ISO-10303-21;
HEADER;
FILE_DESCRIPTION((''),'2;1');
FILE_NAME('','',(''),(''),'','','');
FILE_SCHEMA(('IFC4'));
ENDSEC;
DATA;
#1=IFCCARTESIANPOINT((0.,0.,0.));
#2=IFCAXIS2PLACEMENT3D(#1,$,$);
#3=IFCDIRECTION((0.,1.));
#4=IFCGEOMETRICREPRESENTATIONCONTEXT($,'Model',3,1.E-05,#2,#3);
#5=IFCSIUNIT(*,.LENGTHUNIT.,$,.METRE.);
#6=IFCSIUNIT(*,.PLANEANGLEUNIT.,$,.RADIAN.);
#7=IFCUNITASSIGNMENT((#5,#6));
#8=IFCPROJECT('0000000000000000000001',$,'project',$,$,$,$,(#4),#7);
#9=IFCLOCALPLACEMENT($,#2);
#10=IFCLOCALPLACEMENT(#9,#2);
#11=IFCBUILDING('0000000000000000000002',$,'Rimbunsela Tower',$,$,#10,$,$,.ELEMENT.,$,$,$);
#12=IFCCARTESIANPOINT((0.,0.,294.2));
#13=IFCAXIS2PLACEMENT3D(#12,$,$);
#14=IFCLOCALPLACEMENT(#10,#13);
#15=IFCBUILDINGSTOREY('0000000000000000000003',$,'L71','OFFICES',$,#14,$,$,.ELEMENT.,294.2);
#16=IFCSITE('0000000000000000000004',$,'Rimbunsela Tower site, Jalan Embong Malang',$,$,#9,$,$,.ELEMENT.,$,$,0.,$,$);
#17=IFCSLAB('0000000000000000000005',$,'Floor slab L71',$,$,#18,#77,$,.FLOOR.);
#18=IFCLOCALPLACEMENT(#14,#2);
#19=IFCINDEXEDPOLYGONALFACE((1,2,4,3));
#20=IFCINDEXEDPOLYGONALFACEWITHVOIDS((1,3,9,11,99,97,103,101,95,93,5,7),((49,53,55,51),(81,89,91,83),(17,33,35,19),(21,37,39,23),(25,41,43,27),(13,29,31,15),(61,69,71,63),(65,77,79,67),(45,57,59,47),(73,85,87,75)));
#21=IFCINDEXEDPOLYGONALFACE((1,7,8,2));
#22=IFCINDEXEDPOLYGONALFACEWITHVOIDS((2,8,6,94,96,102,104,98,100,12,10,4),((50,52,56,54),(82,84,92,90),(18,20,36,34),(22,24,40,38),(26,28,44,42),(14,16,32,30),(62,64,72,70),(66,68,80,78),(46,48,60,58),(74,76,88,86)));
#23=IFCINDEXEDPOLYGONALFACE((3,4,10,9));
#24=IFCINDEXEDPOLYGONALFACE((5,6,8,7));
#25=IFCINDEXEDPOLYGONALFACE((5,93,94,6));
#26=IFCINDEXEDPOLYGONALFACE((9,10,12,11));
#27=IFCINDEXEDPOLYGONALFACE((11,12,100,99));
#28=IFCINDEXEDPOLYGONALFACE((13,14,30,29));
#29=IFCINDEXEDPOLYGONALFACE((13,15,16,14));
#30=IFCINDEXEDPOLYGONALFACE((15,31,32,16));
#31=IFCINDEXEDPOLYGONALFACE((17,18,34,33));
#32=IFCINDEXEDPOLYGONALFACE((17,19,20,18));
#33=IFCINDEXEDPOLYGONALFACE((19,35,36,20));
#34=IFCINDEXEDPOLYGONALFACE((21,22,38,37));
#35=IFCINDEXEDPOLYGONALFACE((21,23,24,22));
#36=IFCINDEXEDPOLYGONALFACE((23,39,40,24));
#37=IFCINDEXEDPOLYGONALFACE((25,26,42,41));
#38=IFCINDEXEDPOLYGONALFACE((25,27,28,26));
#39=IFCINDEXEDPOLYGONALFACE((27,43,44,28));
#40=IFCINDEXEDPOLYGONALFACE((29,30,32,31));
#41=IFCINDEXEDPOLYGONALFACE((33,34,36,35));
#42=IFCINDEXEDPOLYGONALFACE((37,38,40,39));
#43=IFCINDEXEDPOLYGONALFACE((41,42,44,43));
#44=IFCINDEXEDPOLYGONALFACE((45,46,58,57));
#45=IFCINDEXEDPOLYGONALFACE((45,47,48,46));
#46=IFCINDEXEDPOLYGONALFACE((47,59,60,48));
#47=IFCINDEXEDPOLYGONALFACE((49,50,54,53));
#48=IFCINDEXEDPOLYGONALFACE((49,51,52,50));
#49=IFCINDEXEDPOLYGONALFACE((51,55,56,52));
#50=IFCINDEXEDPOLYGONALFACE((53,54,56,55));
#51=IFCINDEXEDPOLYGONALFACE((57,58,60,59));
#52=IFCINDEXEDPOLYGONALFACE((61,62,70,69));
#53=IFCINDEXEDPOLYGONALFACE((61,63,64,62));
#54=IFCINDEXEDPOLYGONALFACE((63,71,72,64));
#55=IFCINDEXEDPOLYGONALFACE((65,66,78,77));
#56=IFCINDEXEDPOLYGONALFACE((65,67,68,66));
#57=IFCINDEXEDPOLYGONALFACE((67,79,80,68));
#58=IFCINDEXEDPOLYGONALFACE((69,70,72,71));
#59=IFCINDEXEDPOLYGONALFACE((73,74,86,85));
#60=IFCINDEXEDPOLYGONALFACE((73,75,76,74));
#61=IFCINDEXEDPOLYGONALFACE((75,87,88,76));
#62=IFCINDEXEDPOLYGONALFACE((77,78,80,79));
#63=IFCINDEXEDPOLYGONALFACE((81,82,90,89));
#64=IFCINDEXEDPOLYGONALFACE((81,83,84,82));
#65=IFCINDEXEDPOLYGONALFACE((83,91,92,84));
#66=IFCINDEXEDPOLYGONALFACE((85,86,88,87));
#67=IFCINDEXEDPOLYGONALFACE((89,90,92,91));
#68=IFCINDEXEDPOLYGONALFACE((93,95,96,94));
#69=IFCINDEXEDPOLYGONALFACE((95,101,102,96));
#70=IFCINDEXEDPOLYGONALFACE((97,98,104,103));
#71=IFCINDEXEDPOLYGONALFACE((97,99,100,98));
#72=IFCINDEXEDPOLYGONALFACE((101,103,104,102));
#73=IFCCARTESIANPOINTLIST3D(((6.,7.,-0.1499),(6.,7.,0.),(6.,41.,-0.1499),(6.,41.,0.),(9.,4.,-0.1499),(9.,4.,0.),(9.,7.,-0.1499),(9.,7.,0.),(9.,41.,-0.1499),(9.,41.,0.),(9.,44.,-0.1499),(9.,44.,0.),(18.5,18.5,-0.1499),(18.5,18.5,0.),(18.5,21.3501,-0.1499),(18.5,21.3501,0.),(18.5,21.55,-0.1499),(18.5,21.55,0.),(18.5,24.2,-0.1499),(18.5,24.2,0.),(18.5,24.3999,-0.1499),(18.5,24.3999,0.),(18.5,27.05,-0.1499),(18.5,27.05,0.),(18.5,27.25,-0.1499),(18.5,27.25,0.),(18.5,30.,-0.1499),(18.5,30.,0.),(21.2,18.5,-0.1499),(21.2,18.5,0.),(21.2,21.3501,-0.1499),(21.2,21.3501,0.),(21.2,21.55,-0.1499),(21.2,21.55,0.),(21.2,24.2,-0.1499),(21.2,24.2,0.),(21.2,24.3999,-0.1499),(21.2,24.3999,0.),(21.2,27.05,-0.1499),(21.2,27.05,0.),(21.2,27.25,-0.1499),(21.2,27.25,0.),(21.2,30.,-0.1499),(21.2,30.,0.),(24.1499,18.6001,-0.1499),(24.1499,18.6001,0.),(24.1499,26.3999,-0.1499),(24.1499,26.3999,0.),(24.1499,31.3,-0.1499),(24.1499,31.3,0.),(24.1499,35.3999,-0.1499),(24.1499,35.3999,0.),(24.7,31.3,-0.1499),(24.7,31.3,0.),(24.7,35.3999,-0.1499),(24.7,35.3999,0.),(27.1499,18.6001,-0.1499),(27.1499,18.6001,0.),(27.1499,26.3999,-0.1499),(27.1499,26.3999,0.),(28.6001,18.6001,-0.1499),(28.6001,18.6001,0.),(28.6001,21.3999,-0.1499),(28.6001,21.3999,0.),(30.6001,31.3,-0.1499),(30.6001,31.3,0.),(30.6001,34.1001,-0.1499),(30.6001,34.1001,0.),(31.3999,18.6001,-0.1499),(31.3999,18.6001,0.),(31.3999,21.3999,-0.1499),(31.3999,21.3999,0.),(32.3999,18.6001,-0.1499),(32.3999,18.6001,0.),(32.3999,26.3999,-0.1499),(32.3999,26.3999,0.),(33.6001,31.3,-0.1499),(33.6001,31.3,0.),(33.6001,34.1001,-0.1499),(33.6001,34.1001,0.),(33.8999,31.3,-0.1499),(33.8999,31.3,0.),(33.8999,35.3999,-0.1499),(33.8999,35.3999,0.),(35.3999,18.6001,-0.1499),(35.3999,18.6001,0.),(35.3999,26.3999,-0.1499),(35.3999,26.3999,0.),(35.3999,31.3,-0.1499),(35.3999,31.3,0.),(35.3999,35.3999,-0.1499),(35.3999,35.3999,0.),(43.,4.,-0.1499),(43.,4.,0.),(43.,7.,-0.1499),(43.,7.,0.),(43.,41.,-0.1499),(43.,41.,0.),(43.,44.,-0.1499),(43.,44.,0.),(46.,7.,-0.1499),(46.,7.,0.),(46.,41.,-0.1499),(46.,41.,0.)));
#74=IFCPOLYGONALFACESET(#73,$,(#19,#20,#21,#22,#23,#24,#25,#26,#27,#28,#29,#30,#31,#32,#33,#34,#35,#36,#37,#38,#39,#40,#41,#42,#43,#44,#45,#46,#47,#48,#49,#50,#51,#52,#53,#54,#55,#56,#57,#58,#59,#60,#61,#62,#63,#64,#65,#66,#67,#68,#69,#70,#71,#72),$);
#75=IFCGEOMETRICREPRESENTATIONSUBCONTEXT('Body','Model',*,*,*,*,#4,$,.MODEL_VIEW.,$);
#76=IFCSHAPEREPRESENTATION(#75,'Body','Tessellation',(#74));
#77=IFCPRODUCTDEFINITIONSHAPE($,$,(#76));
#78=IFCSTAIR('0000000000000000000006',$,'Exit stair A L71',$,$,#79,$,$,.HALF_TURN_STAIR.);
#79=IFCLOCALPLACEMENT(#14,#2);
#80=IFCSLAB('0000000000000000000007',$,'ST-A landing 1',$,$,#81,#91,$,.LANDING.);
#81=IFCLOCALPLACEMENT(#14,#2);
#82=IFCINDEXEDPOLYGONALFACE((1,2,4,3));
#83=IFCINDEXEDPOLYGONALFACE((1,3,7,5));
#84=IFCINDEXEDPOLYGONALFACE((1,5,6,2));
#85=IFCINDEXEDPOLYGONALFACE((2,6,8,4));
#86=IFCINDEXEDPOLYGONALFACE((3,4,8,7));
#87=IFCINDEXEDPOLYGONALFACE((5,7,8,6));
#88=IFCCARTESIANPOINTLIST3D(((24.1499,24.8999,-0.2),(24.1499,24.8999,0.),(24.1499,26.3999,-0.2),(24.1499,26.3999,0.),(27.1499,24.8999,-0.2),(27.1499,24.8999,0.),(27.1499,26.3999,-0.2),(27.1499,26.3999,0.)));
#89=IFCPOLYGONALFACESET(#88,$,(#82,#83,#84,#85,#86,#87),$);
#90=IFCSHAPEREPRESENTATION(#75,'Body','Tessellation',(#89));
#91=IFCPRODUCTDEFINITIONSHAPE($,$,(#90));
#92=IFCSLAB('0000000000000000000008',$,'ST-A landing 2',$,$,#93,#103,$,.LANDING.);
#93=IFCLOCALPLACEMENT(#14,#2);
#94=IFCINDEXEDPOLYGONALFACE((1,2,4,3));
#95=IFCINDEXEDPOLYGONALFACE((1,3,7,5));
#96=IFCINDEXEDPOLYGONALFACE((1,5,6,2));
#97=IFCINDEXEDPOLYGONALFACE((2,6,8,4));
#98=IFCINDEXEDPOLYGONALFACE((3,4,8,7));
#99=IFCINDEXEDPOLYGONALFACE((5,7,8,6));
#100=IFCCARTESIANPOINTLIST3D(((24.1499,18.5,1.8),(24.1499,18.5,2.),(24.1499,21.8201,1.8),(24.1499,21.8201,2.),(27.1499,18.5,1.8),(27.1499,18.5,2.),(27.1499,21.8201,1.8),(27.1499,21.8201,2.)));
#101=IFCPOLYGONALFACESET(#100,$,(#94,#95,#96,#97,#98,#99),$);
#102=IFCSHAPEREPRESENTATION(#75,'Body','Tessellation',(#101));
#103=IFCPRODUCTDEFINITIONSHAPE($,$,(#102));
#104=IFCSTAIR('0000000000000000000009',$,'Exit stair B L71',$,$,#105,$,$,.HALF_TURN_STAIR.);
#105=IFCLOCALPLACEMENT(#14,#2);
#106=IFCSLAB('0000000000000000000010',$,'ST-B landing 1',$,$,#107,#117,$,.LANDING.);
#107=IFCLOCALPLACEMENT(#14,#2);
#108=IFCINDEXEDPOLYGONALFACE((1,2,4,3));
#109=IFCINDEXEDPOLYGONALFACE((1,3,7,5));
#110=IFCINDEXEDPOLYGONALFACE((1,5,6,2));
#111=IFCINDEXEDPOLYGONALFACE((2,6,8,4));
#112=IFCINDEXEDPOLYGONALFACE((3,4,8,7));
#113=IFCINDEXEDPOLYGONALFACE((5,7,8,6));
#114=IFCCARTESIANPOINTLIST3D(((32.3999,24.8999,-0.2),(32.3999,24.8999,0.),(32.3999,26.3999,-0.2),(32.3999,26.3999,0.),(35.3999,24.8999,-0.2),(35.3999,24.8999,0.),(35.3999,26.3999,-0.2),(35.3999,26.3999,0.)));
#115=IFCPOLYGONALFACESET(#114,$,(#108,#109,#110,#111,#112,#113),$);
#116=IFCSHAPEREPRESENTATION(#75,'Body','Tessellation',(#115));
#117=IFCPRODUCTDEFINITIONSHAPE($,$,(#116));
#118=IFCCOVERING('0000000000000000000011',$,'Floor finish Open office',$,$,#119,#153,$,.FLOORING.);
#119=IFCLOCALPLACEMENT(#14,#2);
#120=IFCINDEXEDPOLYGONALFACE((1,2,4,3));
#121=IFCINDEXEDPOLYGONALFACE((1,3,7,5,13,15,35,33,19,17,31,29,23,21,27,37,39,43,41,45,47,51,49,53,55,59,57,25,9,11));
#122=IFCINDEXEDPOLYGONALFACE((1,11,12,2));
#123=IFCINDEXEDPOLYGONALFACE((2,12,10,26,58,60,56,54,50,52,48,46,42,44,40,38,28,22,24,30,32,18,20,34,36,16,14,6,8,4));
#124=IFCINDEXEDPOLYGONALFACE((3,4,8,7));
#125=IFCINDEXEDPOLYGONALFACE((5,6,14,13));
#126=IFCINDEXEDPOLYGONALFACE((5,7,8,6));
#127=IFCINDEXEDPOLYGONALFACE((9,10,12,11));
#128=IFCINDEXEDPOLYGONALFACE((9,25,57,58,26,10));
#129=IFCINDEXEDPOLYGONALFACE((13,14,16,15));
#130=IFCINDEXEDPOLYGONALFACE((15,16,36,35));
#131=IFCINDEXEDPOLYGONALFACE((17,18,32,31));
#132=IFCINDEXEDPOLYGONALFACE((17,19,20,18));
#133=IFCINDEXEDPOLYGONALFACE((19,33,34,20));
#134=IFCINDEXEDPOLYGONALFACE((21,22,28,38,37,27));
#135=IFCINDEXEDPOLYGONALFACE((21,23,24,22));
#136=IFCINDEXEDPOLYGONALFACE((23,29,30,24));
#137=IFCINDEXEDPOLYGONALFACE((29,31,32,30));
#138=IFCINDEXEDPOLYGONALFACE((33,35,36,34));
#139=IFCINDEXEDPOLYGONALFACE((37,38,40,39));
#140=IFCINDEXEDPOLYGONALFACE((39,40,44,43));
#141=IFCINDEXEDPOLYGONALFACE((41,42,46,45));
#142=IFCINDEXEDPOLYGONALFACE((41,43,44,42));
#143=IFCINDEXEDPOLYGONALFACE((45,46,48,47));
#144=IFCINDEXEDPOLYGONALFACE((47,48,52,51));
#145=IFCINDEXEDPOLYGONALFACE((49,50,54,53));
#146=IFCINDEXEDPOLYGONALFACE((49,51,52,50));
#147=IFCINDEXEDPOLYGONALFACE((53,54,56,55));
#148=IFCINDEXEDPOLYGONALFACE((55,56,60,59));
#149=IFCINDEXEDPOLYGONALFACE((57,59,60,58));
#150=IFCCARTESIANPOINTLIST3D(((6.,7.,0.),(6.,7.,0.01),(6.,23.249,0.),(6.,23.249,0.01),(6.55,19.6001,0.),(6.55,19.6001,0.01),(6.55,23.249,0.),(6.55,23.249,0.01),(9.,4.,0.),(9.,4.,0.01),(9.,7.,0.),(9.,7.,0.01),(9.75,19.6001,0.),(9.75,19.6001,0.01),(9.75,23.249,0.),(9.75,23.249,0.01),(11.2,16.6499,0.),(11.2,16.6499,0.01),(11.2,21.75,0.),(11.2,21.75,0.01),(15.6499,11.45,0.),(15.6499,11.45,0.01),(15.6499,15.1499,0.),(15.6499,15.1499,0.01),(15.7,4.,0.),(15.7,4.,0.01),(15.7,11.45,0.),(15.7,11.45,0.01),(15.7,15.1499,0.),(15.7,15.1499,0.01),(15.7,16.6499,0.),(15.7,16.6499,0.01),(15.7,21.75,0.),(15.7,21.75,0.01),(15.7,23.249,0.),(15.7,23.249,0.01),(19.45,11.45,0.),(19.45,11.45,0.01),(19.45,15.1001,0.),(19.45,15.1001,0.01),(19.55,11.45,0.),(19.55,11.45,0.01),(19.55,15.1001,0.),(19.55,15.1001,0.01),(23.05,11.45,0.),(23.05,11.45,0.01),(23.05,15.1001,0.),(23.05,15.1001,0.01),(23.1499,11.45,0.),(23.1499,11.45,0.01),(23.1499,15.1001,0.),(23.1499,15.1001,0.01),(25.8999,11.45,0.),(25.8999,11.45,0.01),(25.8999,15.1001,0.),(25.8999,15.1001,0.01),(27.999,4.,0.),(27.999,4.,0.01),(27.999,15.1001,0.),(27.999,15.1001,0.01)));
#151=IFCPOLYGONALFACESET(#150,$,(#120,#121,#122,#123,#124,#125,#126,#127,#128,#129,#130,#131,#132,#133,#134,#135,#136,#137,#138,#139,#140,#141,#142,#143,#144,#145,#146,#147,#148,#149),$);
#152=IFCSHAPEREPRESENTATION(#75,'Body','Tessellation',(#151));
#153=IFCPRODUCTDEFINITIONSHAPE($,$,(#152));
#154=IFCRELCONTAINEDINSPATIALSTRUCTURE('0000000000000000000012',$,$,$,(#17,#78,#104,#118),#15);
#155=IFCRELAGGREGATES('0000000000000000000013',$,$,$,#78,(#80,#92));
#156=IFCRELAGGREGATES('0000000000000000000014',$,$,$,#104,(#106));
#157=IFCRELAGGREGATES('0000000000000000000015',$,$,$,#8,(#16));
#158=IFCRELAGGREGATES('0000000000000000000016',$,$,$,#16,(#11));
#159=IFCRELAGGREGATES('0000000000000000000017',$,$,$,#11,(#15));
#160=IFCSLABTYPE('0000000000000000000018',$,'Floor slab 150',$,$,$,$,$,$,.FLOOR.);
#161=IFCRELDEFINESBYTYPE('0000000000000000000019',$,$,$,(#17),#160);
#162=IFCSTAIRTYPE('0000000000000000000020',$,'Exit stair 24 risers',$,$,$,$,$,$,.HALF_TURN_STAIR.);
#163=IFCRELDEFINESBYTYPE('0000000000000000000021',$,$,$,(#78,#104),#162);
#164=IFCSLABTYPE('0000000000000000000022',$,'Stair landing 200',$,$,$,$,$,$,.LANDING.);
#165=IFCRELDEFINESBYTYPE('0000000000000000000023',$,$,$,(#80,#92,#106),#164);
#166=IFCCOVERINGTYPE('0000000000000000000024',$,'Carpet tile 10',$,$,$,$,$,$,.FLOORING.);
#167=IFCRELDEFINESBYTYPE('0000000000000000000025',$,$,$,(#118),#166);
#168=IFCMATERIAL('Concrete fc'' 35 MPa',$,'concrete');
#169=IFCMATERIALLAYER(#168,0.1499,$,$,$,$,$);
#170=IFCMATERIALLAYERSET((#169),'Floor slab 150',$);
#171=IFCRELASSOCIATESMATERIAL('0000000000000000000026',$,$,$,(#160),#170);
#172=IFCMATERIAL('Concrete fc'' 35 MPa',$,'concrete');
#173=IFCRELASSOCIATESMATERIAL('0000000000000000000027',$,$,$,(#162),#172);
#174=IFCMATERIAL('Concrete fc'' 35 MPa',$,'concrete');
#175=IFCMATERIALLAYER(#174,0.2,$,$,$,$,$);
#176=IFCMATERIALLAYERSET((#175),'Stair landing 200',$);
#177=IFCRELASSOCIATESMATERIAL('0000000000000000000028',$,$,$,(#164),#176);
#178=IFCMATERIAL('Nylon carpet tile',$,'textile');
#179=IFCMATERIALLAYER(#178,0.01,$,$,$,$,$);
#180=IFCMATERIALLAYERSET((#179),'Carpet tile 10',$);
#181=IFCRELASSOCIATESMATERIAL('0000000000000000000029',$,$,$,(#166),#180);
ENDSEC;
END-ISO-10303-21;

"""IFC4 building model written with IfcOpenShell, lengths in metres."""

from ifc_helpers import new_model, si_unit, direction, frame, origin, place, context, subcontext, project, spatial, polyline, outline, extrude, material, layer, layer_set, type_object, element, aggregate, save


model = new_model("IFC4")

# Units and contexts
model_context = context("Model", 3, precision=1e-05, world=origin(), true_north=direction((0.0, 1.0)))
body_context = subcontext(model_context, "Body", "Model", "MODEL_VIEW")
ifc_project = project(units=[si_unit("LENGTHUNIT", "METRE"), si_unit("PLANEANGLEUNIT", "RADIAN")], contexts=[model_context])

# Site, building, storey
site_placement = place(None, origin())
site = spatial("IfcSite", under=ifc_project, at=site_placement, Name="Rimbunsela Tower site, Jalan Embong Malang", CompositionType="ELEMENT", RefElevation=0.0)
building_placement = place(site_placement, origin())
building = spatial("IfcBuilding", under=site, at=building_placement, Name="Rimbunsela Tower", CompositionType="ELEMENT")
storey_placement = place(building_placement, frame((0.0, 0.0, 294.2)))
storey = spatial("IfcBuildingStorey", under=building, at=storey_placement, Name="L71", Description="OFFICES", CompositionType="ELEMENT", Elevation=294.2)

# Slab
ifc_material_1 = material(Name="Concrete fc' 35 MPa", Category="concrete")
ifc_layer_1 = layer(ifc_material_1, 0.1499)
ifc_layer_set_1 = layer_set([ifc_layer_1], Name="Floor slab 150")
slab_type_1 = type_object("IfcSlabType", Name="Floor slab 150", PredefinedType="FLOOR", material=ifc_layer_set_1)
slab_1_placement = place(storey_placement, frame((0.0, 0.0, -0.1499)))
element("IfcSlab", 1, at=slab_1_placement, inside=storey, type_object=slab_type_1, Name="Floor slab L71", PredefinedType="FLOOR", context=body_context, shape_type="SweptSolid", body=[
    extrude(outline(polyline([(9.0, 4.0), (43.0, 4.0), (43.0, 7.0), (46.0, 7.0), (46.0, 41.0), (43.0, 41.0), (43.0, 44.0), (9.0, 44.0), (9.0, 41.0), (6.0, 41.0), (6.0, 7.0), (9.0, 7.0), (9.0, 4.0)]), holes=[polyline([(21.2, 21.3501), (18.5, 21.3501), (18.5, 18.5), (21.2, 18.5), (21.2, 21.3501)]), polyline([(21.2, 21.55), (21.2, 24.2), (18.5, 24.2), (18.5, 21.55), (21.2, 21.55)]), polyline([(21.2, 27.05), (18.5, 27.05), (18.5, 24.3999), (21.2, 24.3999), (21.2, 27.05)]), polyline([(21.2, 30.0), (18.5, 30.0), (18.5, 27.25), (21.2, 27.25), (21.2, 30.0)]), polyline([(27.1499, 26.3999), (24.1499, 26.3999), (24.1499, 18.6001), (27.1499, 18.6001), (27.1499, 26.3999)]), polyline([(24.7, 31.3), (24.7, 35.3999), (24.1499, 35.3999), (24.1499, 31.3), (24.7, 31.3)]), polyline([(31.3999, 21.3999), (28.6001, 21.3999), (28.6001, 18.6001), (31.3999, 18.6001), (31.3999, 21.3999)]), polyline([(33.6001, 34.1001), (30.6001, 34.1001), (30.6001, 31.3), (33.6001, 31.3), (33.6001, 34.1001)]), polyline([(35.3999, 18.6001), (35.3999, 26.3999), (32.3999, 26.3999), (32.3999, 18.6001), (35.3999, 18.6001)]), polyline([(35.3999, 31.3), (35.3999, 35.3999), (33.8999, 35.3999), (33.8999, 31.3), (35.3999, 31.3)])]), origin(), (0.0, 0.0, 1.0), 0.1499),
])

# Stair, slabs
ifc_material_2 = material(Name="Concrete fc' 35 MPa", Category="concrete")
stair_type = type_object("IfcStairType", Name="Exit stair 24 risers", PredefinedType="HALF_TURN_STAIR", material=ifc_material_2)
stair_1_placement = place(storey_placement, origin())
stair_1 = element("IfcStair", 2, at=stair_1_placement, inside=storey, type_object=stair_type, Name="Exit stair A L71", PredefinedType="HALF_TURN_STAIR")
ifc_material_3 = material(Name="Concrete fc' 35 MPa", Category="concrete")
ifc_layer_2 = layer(ifc_material_3, 0.2)
ifc_layer_set_2 = layer_set([ifc_layer_2], Name="Stair landing 200")
slab_type_2 = type_object("IfcSlabType", Name="Stair landing 200", PredefinedType="LANDING", material=ifc_layer_set_2)
slab_2_placement = place(storey_placement, frame((0.0, 0.0, -0.2)))
slab_2 = element("IfcSlab", 3, at=slab_2_placement, type_object=slab_type_2, Name="ST-A landing 1", PredefinedType="LANDING", context=body_context, shape_type="SweptSolid", body=[
    extrude(outline(polyline([(24.1499, 24.8999), (27.1499, 24.8999), (27.1499, 26.3999), (24.1499, 26.3999), (24.1499, 24.8999)])), origin(), (0.0, 0.0, 1.0), 0.2),
])
slab_3_placement = place(storey_placement, frame((0.0, 0.0, 1.8)))
slab_3 = element("IfcSlab", 4, at=slab_3_placement, type_object=slab_type_2, Name="ST-A landing 2", PredefinedType="LANDING", context=body_context, shape_type="SweptSolid", body=[
    extrude(outline(polyline([(24.1499, 18.5), (27.1499, 18.5), (27.1499, 21.8201), (24.1499, 21.8201), (24.1499, 18.5)])), origin(), (0.0, 0.0, 1.0), 0.2),
])
aggregate(stair_1, [slab_2, slab_3])

# Stair, slab
stair_2_placement = place(storey_placement, origin())
stair_2 = element("IfcStair", 5, at=stair_2_placement, inside=storey, type_object=stair_type, Name="Exit stair B L71", PredefinedType="HALF_TURN_STAIR")
slab_4_placement = place(storey_placement, frame((0.0, 0.0, -0.2)))
slab_4 = element("IfcSlab", 6, at=slab_4_placement, type_object=slab_type_2, Name="ST-B landing 1", PredefinedType="LANDING", context=body_context, shape_type="SweptSolid", body=[
    extrude(outline(polyline([(32.3999, 24.8999), (35.3999, 24.8999), (35.3999, 26.3999), (32.3999, 26.3999), (32.3999, 24.8999)])), origin(), (0.0, 0.0, 1.0), 0.2),
])
aggregate(stair_2, [slab_4])

# Covering
ifc_material_4 = material(Name="Nylon carpet tile", Category="textile")
ifc_layer_3 = layer(ifc_material_4, 0.01)
ifc_layer_set_3 = layer_set([ifc_layer_3], Name="Carpet tile 10")
covering_type_1 = type_object("IfcCoveringType", Name="Carpet tile 10", PredefinedType="FLOORING", material=ifc_layer_set_3)
covering_1_placement = place(storey_placement, origin())
element("IfcCovering", 7, at=covering_1_placement, inside=storey, type_object=covering_type_1, Name="Floor finish Open office", PredefinedType="FLOORING", context=body_context, shape_type="SweptSolid", body=[
    extrude(outline(polyline([(19.45, 15.1001), (19.55, 15.1001), (19.55, 11.45), (23.05, 11.45), (23.05, 15.1001), (23.1499, 15.1001), (23.1499, 11.45), (25.8999, 11.45), (25.8999, 15.1001), (27.999, 15.1001), (27.999, 4.0), (15.7, 4.0), (9.0, 4.0), (9.0, 7.0), (6.0, 7.0), (6.0, 23.249), (6.55, 23.249), (6.55, 19.6001), (9.75, 19.6001), (9.75, 23.249), (15.7, 23.249), (15.7, 21.75), (11.2, 21.75), (11.2, 16.6499), (15.7, 16.6499), (15.7, 15.1499), (15.6499, 15.1499), (15.6499, 11.45), (15.7, 11.45), (19.45, 11.45), (19.45, 15.1001)])), origin(), (0.0, 0.0, 1.0), 0.01),
])

save(model, "model.ifc")
